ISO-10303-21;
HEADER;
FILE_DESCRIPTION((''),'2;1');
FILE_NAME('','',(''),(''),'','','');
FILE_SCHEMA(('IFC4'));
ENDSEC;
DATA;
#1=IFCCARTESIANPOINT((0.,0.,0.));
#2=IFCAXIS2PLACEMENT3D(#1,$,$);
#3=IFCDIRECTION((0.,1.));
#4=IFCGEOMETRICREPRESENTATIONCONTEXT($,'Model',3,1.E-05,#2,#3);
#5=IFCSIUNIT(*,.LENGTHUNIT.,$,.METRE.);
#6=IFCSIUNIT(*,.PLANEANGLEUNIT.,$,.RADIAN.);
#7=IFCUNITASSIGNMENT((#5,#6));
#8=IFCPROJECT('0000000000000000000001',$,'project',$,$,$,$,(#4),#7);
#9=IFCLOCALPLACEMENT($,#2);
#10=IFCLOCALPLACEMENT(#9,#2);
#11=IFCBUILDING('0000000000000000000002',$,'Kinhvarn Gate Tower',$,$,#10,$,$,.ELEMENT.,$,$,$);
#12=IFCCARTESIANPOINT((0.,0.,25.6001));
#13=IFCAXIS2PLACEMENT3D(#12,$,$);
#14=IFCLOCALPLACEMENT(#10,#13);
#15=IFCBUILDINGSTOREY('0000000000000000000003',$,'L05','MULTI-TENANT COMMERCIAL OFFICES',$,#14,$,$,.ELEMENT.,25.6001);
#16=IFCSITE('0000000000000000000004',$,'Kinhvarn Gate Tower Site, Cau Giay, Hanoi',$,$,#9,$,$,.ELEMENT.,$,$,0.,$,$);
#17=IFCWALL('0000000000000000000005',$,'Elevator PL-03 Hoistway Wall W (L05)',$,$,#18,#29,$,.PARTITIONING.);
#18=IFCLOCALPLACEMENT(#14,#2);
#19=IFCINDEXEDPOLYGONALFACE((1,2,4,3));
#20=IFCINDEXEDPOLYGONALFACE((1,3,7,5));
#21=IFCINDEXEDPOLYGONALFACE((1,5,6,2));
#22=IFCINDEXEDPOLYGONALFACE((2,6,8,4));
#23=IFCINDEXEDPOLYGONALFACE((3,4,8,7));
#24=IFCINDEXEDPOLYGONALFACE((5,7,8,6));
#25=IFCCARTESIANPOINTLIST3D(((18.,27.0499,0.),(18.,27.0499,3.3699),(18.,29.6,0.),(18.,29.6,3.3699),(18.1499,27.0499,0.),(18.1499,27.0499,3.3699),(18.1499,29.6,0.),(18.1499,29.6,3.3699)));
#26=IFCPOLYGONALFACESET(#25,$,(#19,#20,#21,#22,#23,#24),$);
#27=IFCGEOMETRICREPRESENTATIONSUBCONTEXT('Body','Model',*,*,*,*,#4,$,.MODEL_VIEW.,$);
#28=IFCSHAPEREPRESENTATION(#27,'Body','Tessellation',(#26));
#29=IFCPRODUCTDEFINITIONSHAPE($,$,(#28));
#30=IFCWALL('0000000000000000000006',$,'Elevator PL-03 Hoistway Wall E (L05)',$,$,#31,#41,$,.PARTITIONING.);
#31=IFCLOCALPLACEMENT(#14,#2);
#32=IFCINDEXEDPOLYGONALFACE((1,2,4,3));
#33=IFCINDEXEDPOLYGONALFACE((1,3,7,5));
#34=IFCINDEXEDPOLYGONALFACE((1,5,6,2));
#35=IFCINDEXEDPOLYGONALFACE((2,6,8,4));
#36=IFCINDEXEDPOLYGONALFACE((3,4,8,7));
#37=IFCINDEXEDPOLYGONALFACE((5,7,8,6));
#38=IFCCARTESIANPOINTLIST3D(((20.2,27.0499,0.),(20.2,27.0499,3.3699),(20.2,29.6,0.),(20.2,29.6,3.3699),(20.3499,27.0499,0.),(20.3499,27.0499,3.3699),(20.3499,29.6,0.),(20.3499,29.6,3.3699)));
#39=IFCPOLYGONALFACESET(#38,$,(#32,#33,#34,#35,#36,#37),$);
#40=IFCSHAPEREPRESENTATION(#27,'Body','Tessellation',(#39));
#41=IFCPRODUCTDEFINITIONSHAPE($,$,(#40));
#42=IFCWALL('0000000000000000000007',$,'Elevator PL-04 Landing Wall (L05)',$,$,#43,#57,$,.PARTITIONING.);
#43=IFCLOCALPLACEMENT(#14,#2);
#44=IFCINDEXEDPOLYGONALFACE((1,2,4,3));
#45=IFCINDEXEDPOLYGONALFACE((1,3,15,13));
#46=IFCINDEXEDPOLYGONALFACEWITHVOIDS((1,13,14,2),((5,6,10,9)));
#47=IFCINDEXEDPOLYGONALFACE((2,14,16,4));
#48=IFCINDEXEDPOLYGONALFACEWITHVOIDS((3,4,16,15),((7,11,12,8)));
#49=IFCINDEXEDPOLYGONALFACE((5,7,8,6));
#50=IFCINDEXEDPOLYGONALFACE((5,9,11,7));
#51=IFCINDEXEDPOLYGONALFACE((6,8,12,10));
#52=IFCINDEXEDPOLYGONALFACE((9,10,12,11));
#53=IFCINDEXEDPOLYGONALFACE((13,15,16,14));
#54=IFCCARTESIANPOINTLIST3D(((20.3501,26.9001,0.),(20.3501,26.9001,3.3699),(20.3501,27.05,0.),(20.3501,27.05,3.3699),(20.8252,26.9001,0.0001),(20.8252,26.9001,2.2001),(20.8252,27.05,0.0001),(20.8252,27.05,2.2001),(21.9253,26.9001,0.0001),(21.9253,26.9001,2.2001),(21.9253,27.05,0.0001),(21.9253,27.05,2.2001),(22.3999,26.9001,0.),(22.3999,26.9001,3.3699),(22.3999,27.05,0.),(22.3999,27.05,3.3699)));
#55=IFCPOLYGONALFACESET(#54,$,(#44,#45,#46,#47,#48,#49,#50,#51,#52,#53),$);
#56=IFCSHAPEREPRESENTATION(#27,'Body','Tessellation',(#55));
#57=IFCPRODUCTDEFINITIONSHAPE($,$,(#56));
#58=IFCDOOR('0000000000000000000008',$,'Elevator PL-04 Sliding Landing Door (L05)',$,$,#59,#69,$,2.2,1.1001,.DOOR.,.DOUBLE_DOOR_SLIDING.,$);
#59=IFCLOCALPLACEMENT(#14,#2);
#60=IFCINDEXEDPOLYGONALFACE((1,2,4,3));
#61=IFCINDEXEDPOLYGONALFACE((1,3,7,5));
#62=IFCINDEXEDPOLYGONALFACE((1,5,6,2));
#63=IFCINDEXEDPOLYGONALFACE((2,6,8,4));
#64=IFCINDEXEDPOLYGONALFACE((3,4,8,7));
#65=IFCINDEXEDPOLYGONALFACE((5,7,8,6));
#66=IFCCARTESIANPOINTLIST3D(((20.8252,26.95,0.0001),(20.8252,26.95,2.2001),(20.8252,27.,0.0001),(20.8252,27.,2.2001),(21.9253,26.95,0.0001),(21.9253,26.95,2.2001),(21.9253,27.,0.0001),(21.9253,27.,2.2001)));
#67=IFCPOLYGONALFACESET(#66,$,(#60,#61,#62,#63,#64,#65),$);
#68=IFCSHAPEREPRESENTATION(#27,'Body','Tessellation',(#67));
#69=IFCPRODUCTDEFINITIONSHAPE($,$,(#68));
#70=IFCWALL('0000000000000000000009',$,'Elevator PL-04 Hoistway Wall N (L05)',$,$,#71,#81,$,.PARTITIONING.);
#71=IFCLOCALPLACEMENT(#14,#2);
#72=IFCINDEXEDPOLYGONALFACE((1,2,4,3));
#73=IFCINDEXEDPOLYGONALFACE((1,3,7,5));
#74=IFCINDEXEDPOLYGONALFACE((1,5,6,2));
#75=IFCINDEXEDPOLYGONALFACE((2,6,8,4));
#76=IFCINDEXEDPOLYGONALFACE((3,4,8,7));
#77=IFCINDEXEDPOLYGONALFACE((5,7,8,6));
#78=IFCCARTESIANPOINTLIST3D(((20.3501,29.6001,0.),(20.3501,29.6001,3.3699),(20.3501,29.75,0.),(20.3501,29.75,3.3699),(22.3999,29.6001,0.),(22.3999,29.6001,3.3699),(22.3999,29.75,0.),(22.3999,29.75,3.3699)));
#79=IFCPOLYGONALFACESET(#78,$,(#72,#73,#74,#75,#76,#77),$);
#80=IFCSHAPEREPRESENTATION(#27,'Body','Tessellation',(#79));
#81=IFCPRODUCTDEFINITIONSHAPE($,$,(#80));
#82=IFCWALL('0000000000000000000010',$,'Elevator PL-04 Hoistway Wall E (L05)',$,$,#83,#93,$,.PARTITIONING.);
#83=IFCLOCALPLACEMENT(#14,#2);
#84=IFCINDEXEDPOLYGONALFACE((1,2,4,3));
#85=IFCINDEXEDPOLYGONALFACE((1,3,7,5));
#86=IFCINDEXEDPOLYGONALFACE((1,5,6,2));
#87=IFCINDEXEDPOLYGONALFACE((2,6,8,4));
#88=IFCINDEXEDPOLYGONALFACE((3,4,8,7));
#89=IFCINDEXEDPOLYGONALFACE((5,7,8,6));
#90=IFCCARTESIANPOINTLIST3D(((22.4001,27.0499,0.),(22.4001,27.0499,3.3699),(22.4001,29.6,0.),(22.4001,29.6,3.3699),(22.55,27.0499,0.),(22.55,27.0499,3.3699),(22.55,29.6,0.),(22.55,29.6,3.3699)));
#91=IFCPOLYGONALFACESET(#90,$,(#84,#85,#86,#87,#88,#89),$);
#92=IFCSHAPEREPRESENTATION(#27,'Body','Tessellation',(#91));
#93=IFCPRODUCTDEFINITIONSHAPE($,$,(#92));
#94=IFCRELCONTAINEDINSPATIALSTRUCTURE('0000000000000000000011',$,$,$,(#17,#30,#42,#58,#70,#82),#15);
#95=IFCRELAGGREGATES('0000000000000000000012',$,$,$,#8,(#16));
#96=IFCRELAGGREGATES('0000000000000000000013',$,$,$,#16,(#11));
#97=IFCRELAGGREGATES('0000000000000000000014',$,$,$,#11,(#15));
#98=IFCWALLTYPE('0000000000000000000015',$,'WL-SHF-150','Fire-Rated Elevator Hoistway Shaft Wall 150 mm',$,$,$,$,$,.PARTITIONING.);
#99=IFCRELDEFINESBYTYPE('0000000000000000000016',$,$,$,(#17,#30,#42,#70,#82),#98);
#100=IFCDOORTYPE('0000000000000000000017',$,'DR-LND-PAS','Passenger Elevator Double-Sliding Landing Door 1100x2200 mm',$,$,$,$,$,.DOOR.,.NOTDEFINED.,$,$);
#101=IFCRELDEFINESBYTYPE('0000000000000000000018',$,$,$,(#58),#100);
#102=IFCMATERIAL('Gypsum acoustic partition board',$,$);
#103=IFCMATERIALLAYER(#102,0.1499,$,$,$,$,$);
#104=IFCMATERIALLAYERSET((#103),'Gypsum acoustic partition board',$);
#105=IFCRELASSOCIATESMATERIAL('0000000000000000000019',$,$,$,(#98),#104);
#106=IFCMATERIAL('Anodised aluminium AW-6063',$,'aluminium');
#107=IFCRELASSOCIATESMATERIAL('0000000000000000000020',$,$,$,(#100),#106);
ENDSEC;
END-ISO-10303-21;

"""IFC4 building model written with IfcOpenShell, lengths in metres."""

from ifc_helpers import new_model, si_unit, direction, frame, frame_2d, origin, place, context, subcontext, project, spatial, rectangle, extrude, material, layer, layer_set, type_object, element, fill, save


model = new_model("IFC4")

# Units and contexts
model_context = context("Model", 3, precision=1e-05, world=origin(), true_north=direction((0.0, 1.0)))
body_context = subcontext(model_context, "Body", "Model", "MODEL_VIEW")
ifc_project = project(units=[si_unit("LENGTHUNIT", "METRE"), si_unit("PLANEANGLEUNIT", "RADIAN")], contexts=[model_context])

# Site, building, storey
site_placement = place(None, origin())
site = spatial("IfcSite", under=ifc_project, at=site_placement, Name="Kinhvarn Gate Tower Site, Cau Giay, Hanoi", CompositionType="ELEMENT", RefElevation=0.0)
building_placement = place(site_placement, origin())
building = spatial("IfcBuilding", under=site, at=building_placement, Name="Kinhvarn Gate Tower", CompositionType="ELEMENT")
storey_placement = place(building_placement, frame((0.0, 0.0, 25.6001)))
storey = spatial("IfcBuildingStorey", under=building, at=storey_placement, Name="L05", Description="MULTI-TENANT COMMERCIAL OFFICES", CompositionType="ELEMENT", Elevation=25.6001)

# Shared definitions
ifc_material_1 = material(Name="Anodised aluminium AW-6063", Category="aluminium")
ifc_material_2 = material(Name="Gypsum acoustic partition board")

# Shared definitions
ifc_layer_1 = layer(ifc_material_2, 0.1499)
ifc_layer_set_1 = layer_set([ifc_layer_1], Name="Gypsum acoustic partition board")
wall_type_1 = type_object("IfcWallType", Name="WL-SHF-150", Description="Fire-Rated Elevator Hoistway Shaft Wall 150 mm", PredefinedType="PARTITIONING", material=ifc_layer_set_1)
door_type_1 = type_object("IfcDoorType", Name="DR-LND-PAS", Description="Passenger Elevator Double-Sliding Landing Door 1100x2200 mm", OperationType="NOTDEFINED", PredefinedType="DOOR", material=ifc_material_1)

# Walls
for number, where, z_axis, x_axis, name in (
    (1, (18.075, 27.05, 0.0), (0.0, 0.0, 1.0), (0.0, 1.0, 0.0), "Elevator PL-03 Hoistway Wall W (L05)"),
    (2, (20.2749, 27.05, 0.0), (0.0, 0.0, 1.0), (0.0, 1.0, 0.0), "Elevator PL-03 Hoistway Wall E (L05)"),
):
    element("IfcWall", number, at=place(storey_placement, frame(where, z_axis=z_axis, x_axis=x_axis)), inside=storey, type_object=wall_type_1, Name=name, PredefinedType="PARTITIONING", context=body_context, shape_type="SweptSolid", body=[
        extrude(rectangle(XDim=2.55, YDim=0.1499, at=frame_2d((1.2749, 0.0))), origin(), (0.0, 0.0, 1.0), 3.3699),
    ])

# Wall, opening, door
wall_1_placement = place(storey_placement, frame((20.3501, 26.9751, 0.0), z_axis=(0.0, 0.0, 1.0), x_axis=(1.0, 0.0, 0.0)))
wall_1 = element("IfcWall", 3, at=wall_1_placement, inside=storey, type_object=wall_type_1, Name="Elevator PL-04 Landing Wall (L05)", PredefinedType="PARTITIONING", context=body_context, shape_type="SweptSolid", body=[
    extrude(rectangle(XDim=2.0498, YDim=0.1499, at=frame_2d((1.0249, 0.0))), origin(), (0.0, 0.0, 1.0), 3.3699),
])
opening_1_placement = place(wall_1_placement, frame((0.4751, 0.0, 0.0)))
opening_1 = element("IfcOpeningElement", 4, at=opening_1_placement, cuts=wall_1, PredefinedType="OPENING", context=body_context, shape_type="SweptSolid", body=[
    extrude(rectangle(XDim=1.1001, YDim=2.2, at=frame_2d((0.55, 1.1001))), frame((0.0, 0.085, 0.0), z_axis=(0.0, -1.0, 0.0), x_axis=(1.0, 0.0, 0.0)), (0.0, 0.0, 1.0), 0.1699),
])
door_1_placement = place(opening_1_placement, origin())
door_1 = element("IfcDoor", 5, at=door_1_placement, inside=storey, type_object=door_type_1, Name="Elevator PL-04 Sliding Landing Door (L05)", OperationType="DOUBLE_DOOR_SLIDING", OverallHeight=2.2, OverallWidth=1.1001, PredefinedType="DOOR", context=body_context, shape_type="SweptSolid", body=[
    extrude(rectangle(XDim=1.1001, YDim=2.2, at=frame_2d((0.55, 1.1001))), frame((0.0, 0.0249, 0.0), z_axis=(0.0, -1.0, 0.0), x_axis=(1.0, 0.0, 0.0)), (0.0, 0.0, 1.0), 0.05),
])
fill(opening_1, door_1)

# Walls
wall_2_placement = place(storey_placement, frame((20.3501, 29.675, 0.0), z_axis=(0.0, 0.0, 1.0), x_axis=(1.0, 0.0, 0.0)))
element("IfcWall", 6, at=wall_2_placement, inside=storey, type_object=wall_type_1, Name="Elevator PL-04 Hoistway Wall N (L05)", PredefinedType="PARTITIONING", context=body_context, shape_type="SweptSolid", body=[
    extrude(rectangle(XDim=2.0498, YDim=0.1499, at=frame_2d((1.0249, 0.0))), origin(), (0.0, 0.0, 1.0), 3.3699),
])
wall_3_placement = place(storey_placement, frame((22.4751, 27.05, 0.0), z_axis=(0.0, 0.0, 1.0), x_axis=(0.0, 1.0, 0.0)))
element("IfcWall", 7, at=wall_3_placement, inside=storey, type_object=wall_type_1, Name="Elevator PL-04 Hoistway Wall E (L05)", PredefinedType="PARTITIONING", context=body_context, shape_type="SweptSolid", body=[
    extrude(rectangle(XDim=2.55, YDim=0.1499, at=frame_2d((1.2749, 0.0))), origin(), (0.0, 0.0, 1.0), 3.3699),
])

save(model, "model.ifc")
